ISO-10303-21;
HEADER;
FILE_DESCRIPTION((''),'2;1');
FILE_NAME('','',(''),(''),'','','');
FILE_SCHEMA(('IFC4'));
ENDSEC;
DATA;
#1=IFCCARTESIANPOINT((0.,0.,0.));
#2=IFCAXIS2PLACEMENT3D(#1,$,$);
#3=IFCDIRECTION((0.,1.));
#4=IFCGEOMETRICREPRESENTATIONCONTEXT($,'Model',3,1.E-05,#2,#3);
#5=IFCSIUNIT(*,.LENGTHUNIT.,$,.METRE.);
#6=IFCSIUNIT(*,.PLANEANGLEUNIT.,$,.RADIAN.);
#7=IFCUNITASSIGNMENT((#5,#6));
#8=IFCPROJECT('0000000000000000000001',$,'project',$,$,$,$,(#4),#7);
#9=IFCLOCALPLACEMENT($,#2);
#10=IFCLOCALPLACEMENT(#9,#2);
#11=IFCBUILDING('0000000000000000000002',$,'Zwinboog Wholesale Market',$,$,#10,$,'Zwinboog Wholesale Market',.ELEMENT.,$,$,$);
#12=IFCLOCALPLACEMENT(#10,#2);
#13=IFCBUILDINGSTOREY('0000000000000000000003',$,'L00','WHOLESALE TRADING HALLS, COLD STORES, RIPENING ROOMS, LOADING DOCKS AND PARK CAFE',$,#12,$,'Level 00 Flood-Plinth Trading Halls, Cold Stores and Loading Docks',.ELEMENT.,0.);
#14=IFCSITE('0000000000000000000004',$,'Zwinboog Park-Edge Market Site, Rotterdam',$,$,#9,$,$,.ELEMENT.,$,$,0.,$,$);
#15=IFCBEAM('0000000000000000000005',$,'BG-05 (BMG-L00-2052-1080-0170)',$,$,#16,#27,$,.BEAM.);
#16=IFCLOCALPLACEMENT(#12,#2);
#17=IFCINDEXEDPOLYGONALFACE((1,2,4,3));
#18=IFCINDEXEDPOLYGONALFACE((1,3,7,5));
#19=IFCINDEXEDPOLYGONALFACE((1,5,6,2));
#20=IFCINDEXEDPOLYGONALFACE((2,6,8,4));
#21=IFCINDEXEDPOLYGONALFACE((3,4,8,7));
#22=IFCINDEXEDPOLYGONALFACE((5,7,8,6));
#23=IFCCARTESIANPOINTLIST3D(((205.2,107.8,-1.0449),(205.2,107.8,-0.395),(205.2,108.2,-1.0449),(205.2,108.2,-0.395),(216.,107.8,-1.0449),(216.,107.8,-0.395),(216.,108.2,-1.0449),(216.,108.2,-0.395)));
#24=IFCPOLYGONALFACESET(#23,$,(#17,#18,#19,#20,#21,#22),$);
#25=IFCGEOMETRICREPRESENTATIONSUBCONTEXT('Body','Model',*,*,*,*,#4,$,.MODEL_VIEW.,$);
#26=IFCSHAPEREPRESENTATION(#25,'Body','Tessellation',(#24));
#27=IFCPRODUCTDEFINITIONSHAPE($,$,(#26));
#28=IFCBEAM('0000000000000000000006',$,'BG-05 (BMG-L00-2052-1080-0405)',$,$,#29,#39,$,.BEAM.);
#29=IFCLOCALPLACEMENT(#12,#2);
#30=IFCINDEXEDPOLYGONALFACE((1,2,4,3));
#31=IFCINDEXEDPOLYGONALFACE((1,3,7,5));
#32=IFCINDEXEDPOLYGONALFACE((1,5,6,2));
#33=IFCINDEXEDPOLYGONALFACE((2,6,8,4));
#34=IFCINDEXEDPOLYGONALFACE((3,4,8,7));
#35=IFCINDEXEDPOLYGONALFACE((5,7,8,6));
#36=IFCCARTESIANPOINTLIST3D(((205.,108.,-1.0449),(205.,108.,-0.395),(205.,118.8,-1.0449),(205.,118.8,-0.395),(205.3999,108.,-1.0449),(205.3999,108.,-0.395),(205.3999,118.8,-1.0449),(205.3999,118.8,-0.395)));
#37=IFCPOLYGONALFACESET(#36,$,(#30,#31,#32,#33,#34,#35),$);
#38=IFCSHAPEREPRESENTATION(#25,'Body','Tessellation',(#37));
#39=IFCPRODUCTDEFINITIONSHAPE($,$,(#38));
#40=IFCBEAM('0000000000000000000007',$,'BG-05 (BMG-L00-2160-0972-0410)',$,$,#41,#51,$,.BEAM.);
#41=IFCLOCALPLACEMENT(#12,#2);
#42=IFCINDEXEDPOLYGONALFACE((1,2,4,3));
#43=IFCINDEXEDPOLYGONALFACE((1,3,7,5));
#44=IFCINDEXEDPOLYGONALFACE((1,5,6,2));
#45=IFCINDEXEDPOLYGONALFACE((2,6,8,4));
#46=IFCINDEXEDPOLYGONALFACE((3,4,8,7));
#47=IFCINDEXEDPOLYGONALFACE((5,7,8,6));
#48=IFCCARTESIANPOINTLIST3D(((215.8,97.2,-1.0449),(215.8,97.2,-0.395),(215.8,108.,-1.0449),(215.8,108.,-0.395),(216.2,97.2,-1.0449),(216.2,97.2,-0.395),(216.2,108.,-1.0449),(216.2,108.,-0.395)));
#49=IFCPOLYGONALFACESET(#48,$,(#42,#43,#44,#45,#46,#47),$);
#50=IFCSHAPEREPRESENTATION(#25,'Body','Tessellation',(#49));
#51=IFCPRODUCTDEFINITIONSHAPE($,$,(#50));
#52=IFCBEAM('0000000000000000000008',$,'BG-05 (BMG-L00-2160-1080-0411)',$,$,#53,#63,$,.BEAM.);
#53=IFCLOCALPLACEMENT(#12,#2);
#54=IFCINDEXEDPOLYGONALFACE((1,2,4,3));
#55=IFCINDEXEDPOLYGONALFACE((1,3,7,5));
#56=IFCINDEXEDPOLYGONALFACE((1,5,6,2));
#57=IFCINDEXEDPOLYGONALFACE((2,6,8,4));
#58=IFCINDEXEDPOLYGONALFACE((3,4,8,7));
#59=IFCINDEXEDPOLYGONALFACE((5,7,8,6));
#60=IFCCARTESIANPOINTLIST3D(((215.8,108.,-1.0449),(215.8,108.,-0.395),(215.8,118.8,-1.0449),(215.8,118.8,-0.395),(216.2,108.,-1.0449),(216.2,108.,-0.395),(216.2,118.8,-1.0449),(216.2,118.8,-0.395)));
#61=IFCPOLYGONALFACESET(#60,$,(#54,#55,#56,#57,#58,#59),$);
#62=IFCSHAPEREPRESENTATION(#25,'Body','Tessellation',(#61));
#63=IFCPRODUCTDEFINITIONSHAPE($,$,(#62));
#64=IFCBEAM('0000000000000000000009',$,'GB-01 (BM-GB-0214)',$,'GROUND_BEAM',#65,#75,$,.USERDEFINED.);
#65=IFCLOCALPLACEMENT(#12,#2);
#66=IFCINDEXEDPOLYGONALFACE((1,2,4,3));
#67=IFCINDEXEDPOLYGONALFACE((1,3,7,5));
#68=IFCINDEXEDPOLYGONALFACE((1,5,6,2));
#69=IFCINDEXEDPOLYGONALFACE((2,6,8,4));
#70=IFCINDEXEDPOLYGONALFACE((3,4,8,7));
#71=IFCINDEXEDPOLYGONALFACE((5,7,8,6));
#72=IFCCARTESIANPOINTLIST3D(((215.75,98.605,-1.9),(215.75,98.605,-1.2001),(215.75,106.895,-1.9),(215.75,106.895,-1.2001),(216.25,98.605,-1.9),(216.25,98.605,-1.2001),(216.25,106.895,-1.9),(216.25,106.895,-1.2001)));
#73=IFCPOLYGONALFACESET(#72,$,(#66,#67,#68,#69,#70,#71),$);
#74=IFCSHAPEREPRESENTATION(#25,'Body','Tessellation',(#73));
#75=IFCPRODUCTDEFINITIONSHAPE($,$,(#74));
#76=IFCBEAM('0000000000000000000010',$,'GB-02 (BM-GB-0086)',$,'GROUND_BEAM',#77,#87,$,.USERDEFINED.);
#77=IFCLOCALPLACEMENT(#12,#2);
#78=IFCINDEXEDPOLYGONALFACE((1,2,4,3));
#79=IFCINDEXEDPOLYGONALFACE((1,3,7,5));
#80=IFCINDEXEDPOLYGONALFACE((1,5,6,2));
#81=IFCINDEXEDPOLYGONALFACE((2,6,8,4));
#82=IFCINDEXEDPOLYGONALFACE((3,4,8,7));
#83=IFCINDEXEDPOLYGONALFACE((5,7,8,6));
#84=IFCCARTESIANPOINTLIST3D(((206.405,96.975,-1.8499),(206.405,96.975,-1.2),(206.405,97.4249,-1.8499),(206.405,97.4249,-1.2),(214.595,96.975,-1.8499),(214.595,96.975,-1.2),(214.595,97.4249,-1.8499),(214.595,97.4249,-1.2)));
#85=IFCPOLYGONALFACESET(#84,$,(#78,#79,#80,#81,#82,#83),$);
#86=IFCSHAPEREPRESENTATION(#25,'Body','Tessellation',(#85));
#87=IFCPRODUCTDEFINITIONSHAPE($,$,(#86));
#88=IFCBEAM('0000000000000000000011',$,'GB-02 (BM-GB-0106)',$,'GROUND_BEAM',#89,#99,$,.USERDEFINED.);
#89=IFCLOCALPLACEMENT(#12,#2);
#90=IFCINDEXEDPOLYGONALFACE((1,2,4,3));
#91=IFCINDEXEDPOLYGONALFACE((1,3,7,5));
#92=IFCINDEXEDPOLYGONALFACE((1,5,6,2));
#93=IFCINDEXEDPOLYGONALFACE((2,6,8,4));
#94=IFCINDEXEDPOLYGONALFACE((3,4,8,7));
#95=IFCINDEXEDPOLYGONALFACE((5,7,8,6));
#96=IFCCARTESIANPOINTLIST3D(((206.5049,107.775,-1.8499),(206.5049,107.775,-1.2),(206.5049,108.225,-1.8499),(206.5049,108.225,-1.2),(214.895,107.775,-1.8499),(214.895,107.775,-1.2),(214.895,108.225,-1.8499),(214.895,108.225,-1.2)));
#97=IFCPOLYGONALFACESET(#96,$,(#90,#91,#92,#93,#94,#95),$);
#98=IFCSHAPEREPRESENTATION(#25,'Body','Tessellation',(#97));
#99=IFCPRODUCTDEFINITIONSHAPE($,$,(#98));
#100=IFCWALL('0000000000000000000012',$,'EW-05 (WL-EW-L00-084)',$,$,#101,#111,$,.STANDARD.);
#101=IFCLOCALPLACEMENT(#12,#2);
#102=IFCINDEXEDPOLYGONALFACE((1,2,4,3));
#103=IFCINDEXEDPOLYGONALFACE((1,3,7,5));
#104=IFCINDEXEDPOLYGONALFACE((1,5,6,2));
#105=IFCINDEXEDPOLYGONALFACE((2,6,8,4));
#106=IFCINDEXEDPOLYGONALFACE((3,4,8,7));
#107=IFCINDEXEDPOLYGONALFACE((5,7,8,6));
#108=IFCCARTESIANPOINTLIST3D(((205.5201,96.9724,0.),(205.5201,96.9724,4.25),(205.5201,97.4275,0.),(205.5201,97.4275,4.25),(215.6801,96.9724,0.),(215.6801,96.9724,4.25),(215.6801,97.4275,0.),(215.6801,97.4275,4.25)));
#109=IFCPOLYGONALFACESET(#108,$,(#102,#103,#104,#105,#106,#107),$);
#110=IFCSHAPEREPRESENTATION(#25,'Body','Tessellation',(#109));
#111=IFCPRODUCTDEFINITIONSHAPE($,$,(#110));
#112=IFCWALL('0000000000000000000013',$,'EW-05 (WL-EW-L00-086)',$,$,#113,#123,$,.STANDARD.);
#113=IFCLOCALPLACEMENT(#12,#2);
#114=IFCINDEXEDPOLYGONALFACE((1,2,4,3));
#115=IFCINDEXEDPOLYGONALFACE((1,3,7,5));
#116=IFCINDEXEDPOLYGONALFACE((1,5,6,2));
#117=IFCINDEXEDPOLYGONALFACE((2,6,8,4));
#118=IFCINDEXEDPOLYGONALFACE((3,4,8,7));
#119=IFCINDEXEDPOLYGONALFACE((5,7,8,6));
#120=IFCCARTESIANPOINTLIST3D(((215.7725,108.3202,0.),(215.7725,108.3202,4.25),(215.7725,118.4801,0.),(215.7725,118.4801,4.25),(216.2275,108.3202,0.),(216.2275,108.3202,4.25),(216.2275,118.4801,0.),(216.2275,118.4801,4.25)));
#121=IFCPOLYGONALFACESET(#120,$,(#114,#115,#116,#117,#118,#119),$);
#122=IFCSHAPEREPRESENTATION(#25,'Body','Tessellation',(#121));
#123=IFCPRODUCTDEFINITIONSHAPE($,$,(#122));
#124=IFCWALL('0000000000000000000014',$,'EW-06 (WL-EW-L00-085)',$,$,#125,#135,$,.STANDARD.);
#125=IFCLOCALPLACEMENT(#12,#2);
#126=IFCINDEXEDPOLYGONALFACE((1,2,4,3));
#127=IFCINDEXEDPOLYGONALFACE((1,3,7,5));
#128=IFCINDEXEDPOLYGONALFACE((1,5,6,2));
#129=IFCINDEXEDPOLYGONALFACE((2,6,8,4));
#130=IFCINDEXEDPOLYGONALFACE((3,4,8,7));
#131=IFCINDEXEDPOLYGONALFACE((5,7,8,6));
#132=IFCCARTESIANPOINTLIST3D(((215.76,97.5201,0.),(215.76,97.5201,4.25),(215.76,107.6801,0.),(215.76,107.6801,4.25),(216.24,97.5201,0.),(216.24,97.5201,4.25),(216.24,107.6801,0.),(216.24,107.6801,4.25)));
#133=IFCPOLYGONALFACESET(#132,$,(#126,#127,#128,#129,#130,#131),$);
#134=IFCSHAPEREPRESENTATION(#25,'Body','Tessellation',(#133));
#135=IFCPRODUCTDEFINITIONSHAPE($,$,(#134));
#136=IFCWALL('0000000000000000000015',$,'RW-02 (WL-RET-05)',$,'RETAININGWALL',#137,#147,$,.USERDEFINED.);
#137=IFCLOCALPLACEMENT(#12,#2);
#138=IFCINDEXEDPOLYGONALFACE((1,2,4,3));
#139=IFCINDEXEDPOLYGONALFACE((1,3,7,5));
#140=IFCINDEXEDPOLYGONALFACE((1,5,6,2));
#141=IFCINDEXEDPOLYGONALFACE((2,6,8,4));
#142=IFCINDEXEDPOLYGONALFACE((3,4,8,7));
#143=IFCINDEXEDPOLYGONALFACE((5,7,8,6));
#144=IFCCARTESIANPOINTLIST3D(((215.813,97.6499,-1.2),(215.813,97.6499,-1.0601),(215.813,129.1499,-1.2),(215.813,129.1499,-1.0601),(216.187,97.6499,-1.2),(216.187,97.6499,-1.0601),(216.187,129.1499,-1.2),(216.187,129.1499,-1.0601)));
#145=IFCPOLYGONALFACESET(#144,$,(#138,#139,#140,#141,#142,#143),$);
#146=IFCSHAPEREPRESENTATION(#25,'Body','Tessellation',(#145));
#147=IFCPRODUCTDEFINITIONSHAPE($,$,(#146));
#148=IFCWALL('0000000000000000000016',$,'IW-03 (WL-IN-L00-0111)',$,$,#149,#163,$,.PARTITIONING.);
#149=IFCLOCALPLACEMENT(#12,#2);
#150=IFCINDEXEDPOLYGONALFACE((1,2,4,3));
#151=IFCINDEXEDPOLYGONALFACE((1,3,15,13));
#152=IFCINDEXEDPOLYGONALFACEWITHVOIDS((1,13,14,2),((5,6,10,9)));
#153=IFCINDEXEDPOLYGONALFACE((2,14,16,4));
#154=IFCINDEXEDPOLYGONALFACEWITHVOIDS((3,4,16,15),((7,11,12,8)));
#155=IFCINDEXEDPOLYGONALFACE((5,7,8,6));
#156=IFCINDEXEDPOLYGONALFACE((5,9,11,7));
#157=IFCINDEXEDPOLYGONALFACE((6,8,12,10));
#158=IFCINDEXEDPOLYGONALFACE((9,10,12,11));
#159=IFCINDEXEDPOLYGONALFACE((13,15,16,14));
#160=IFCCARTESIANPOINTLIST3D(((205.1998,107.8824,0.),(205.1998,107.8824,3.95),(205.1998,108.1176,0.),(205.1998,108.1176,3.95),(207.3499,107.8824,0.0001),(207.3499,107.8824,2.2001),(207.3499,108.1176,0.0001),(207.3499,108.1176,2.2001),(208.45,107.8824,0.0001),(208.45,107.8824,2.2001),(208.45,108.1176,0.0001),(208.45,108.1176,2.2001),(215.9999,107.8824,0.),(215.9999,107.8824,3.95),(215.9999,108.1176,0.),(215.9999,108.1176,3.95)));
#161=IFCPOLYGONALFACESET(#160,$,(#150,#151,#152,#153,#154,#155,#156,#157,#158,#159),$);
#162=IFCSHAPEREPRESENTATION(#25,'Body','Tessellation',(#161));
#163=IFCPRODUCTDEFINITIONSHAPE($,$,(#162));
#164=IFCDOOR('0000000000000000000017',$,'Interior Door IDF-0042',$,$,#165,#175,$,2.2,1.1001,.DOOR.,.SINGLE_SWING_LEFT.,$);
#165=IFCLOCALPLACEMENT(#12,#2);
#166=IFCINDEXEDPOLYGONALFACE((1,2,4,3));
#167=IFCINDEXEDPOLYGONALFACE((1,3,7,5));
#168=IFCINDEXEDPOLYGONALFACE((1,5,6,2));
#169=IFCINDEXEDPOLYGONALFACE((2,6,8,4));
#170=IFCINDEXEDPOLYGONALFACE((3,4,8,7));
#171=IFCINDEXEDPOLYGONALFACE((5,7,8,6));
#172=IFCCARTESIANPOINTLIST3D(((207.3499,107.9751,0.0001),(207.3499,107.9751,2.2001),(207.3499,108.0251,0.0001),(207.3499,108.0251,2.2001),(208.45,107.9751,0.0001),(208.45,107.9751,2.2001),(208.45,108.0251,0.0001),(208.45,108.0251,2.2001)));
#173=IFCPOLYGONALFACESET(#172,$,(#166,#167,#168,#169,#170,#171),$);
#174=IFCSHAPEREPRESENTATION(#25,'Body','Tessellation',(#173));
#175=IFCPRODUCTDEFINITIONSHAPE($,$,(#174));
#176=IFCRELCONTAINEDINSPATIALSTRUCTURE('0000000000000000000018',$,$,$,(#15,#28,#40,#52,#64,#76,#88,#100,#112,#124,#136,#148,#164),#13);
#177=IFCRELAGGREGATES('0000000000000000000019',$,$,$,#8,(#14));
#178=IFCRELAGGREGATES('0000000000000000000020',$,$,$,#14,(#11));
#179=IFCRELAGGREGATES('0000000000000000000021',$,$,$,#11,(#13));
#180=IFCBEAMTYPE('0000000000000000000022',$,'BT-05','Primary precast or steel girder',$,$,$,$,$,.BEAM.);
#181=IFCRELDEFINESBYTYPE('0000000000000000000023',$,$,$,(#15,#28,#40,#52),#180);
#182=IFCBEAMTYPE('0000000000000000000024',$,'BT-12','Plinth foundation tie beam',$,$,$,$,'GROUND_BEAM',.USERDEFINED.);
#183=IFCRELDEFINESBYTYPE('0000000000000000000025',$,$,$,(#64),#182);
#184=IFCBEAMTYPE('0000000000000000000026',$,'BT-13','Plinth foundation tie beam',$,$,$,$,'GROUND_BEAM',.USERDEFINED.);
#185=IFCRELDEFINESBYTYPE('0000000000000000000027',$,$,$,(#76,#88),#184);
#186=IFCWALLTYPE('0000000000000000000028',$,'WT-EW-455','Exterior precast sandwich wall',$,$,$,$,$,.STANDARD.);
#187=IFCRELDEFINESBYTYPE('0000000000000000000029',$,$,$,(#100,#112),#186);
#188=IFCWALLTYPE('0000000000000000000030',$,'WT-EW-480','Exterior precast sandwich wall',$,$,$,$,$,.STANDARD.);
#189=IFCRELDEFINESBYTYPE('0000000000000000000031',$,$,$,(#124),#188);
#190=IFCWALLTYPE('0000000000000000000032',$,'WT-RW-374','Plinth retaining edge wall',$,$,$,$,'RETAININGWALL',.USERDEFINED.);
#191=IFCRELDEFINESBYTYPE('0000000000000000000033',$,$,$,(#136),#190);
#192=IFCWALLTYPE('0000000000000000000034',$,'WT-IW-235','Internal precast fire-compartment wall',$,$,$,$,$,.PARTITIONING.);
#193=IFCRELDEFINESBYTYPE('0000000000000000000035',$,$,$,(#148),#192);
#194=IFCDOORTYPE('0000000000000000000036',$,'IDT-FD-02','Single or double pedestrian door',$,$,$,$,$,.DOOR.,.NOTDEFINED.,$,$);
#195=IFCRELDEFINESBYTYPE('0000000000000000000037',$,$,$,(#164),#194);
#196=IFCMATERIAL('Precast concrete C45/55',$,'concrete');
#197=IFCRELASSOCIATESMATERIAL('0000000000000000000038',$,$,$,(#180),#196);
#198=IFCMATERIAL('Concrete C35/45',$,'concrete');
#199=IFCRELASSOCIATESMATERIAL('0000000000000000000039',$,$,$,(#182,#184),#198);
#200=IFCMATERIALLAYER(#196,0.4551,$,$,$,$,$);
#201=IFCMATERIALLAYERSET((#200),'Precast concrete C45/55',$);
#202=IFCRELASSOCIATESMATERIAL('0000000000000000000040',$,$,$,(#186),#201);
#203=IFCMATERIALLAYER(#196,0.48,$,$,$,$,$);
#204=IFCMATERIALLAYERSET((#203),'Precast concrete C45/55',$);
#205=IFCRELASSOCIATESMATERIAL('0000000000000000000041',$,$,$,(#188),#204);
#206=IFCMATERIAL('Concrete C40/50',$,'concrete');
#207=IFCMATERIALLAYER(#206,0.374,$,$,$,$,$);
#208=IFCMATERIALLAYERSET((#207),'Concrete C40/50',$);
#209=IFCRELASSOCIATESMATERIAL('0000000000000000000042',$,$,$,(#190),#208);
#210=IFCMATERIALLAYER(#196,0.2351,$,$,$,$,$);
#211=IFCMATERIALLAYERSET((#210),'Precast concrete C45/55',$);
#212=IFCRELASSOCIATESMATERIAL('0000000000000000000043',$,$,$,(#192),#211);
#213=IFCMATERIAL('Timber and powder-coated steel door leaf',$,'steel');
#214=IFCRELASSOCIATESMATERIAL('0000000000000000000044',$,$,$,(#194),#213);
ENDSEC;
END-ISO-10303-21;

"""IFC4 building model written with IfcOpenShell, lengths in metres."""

from ifc_helpers import new_model, si_unit, direction, frame, frame_2d, origin, origin_2d, place, context, subcontext, project, spatial, rectangle, extrude, material, layer, layer_set, material_profile, profile_set, type_object, element, fill, save


model = new_model("IFC4")

# Units and contexts
model_context = context("Model", 3, precision=1e-05, world=origin(), true_north=direction((0.0, 1.0)))
body_context = subcontext(model_context, "Body", "Model", "MODEL_VIEW")
ifc_project = project(units=[si_unit("LENGTHUNIT", "METRE"), si_unit("PLANEANGLEUNIT", "RADIAN")], contexts=[model_context])

# Site, building, storey
site_placement = place(None, origin())
site = spatial("IfcSite", under=ifc_project, at=site_placement, Name="Zwinboog Park-Edge Market Site, Rotterdam", CompositionType="ELEMENT", RefElevation=0.0)
building_placement = place(site_placement, origin())
building = spatial("IfcBuilding", under=site, at=building_placement, Name="Zwinboog Wholesale Market", LongName="Zwinboog Wholesale Market", CompositionType="ELEMENT")
storey_placement = place(building_placement, origin())
storey = spatial("IfcBuildingStorey", under=building, at=storey_placement, Name="L00", Description="WHOLESALE TRADING HALLS, COLD STORES, RIPENING ROOMS, LOADING DOCKS AND PARK CAFE", LongName="Level 00 Flood-Plinth Trading Halls, Cold Stores and Loading Docks", CompositionType="ELEMENT", Elevation=0.0)

# Shared definitions
ifc_material_1 = material(Name="Concrete C40/50", Category="concrete")

# Shared definitions
ifc_material_2 = material(Name="Concrete C35/45", Category="concrete")

# Shared definitions
ifc_material_3 = material(Name="Precast concrete C45/55", Category="concrete")

# Beams
ifc_material_profile_1 = material_profile(ifc_material_3, rectangle(XDim=0.3999, YDim=0.6499, at=origin_2d()), Name="PC 400x650")
ifc_profile_set_1 = profile_set([ifc_material_profile_1], Name="Precast concrete C45/55")
beam_type_1 = type_object("IfcBeamType", Name="BT-05", Description="Primary precast or steel girder", PredefinedType="BEAM", material=ifc_profile_set_1)
for number, where, z_axis, x_axis, name in (
    (1, (205.2, 108.0, -0.72), (1.0, 0.0, 0.0), (0.0, 1.0, 0.0), "BG-05 (BMG-L00-2052-1080-0170)"),
    (2, (205.2, 108.0, -0.72), (0.0, 1.0, 0.0), (-1.0, 0.0, 0.0), "BG-05 (BMG-L00-2052-1080-0405)"),
    (3, (216.0, 97.2, -0.72), (0.0, 1.0, 0.0), (-1.0, 0.0, 0.0), "BG-05 (BMG-L00-2160-0972-0410)"),
    (4, (216.0, 108.0, -0.72), (0.0, 1.0, 0.0), (-1.0, 0.0, 0.0), "BG-05 (BMG-L00-2160-1080-0411)"),
):
    element("IfcBeam", number, at=place(storey_placement, frame(where, z_axis=z_axis, x_axis=x_axis)), inside=storey, type_object=beam_type_1, Name=name, PredefinedType="BEAM", context=body_context, shape_type="SweptSolid", body=[
        extrude(rectangle(XDim=0.3999, YDim=0.6499, at=origin_2d()), origin(), (0.0, 0.0, 1.0), 10.8),
    ])
ifc_material_profile_2 = material_profile(ifc_material_2, rectangle(XDim=0.5, YDim=0.7, at=origin_2d()), Name="RC 500x700")
ifc_profile_set_2 = profile_set([ifc_material_profile_2], Name="Concrete C35/45")
beam_type_2 = type_object("IfcBeamType", Name="BT-12", Description="Plinth foundation tie beam", ElementType="GROUND_BEAM", PredefinedType="USERDEFINED", material=ifc_profile_set_2)
beam_1_placement = place(storey_placement, frame((216.0, 98.605, -1.55), z_axis=(0.0, 1.0, 0.0), x_axis=(-1.0, 0.0, 0.0)))
element("IfcBeam", 5, at=beam_1_placement, inside=storey, type_object=beam_type_2, Name="GB-01 (BM-GB-0214)", ObjectType="GROUND_BEAM", PredefinedType="USERDEFINED", context=body_context, shape_type="SweptSolid", body=[
    extrude(rectangle(XDim=0.5, YDim=0.7, at=origin_2d()), origin(), (0.0, 0.0, 1.0), 8.29),
])
ifc_material_profile_3 = material_profile(ifc_material_2, rectangle(XDim=0.45, YDim=0.6499, at=origin_2d()), Name="RC 450x650")
ifc_profile_set_3 = profile_set([ifc_material_profile_3], Name="Concrete C35/45")
beam_type_3 = type_object("IfcBeamType", Name="BT-13", Description="Plinth foundation tie beam", ElementType="GROUND_BEAM", PredefinedType="USERDEFINED", material=ifc_profile_set_3)
beam_2_placement = place(storey_placement, frame((206.405, 97.2, -1.5249), z_axis=(1.0, 0.0, 0.0), x_axis=(0.0, 1.0, 0.0)))
element("IfcBeam", 6, at=beam_2_placement, inside=storey, type_object=beam_type_3, Name="GB-02 (BM-GB-0086)", ObjectType="GROUND_BEAM", PredefinedType="USERDEFINED", context=body_context, shape_type="SweptSolid", body=[
    extrude(rectangle(XDim=0.45, YDim=0.6499, at=origin_2d()), origin(), (0.0, 0.0, 1.0), 8.1899),
])
beam_3_placement = place(storey_placement, frame((206.5049, 108.0, -1.5249), z_axis=(1.0, 0.0, 0.0), x_axis=(0.0, 1.0, 0.0)))
element("IfcBeam", 7, at=beam_3_placement, inside=storey, type_object=beam_type_3, Name="GB-02 (BM-GB-0106)", ObjectType="GROUND_BEAM", PredefinedType="USERDEFINED", context=body_context, shape_type="SweptSolid", body=[
    extrude(rectangle(XDim=0.45, YDim=0.6499, at=origin_2d()), origin(), (0.0, 0.0, 1.0), 8.3901),
])

# Walls
ifc_layer_1 = layer(ifc_material_3, 0.4551)
ifc_layer_set_1 = layer_set([ifc_layer_1], Name="Precast concrete C45/55")
wall_type_1 = type_object("IfcWallType", Name="WT-EW-455", Description="Exterior precast sandwich wall", PredefinedType="STANDARD", material=ifc_layer_set_1)
for number, where, z_axis, x_axis, name in (
    (8, (205.52, 97.2, 0.0), (0.0, 0.0, 1.0), (1.0, 0.0, 0.0), "EW-05 (WL-EW-L00-084)"),
    (9, (216.0, 108.3201, 0.0), (0.0, 0.0, 1.0), (0.0, 1.0, 0.0), "EW-05 (WL-EW-L00-086)"),
):
    element("IfcWall", number, at=place(storey_placement, frame(where, z_axis=z_axis, x_axis=x_axis)), inside=storey, type_object=wall_type_1, Name=name, PredefinedType="STANDARD", context=body_context, shape_type="SweptSolid", body=[
        extrude(rectangle(XDim=10.1599, YDim=0.4551, at=frame_2d((5.0801, 0.0))), origin(), (0.0, 0.0, 1.0), 4.25),
    ])
ifc_layer_2 = layer(ifc_material_3, 0.48)
ifc_layer_set_2 = layer_set([ifc_layer_2], Name="Precast concrete C45/55")
wall_type_2 = type_object("IfcWallType", Name="WT-EW-480", Description="Exterior precast sandwich wall", PredefinedType="STANDARD", material=ifc_layer_set_2)
wall_1_placement = place(storey_placement, frame((216.0, 97.52, 0.0), z_axis=(0.0, 0.0, 1.0), x_axis=(0.0, 1.0, 0.0)))
element("IfcWall", 10, at=wall_1_placement, inside=storey, type_object=wall_type_2, Name="EW-06 (WL-EW-L00-085)", PredefinedType="STANDARD", context=body_context, shape_type="SweptSolid", body=[
    extrude(rectangle(XDim=10.1599, YDim=0.48, at=frame_2d((5.0801, 0.0))), origin(), (0.0, 0.0, 1.0), 4.25),
])
ifc_layer_3 = layer(ifc_material_1, 0.374)
ifc_layer_set_3 = layer_set([ifc_layer_3], Name="Concrete C40/50")
wall_type_3 = type_object("IfcWallType", Name="WT-RW-374", Description="Plinth retaining edge wall", ElementType="RETAININGWALL", PredefinedType="USERDEFINED", material=ifc_layer_set_3)
wall_2_placement = place(storey_placement, frame((216.0, 97.6499, -1.2), z_axis=(0.0, 0.0, 1.0), x_axis=(0.0, 1.0, 0.0)))
element("IfcWall", 11, at=wall_2_placement, inside=storey, type_object=wall_type_3, Name="RW-02 (WL-RET-05)", ObjectType="RETAININGWALL", PredefinedType="USERDEFINED", context=body_context, shape_type="SweptSolid", body=[
    extrude(rectangle(XDim=31.5, YDim=0.374, at=frame_2d((15.75, 0.0))), origin(), (0.0, 0.0, 1.0), 0.1399),
])

# Wall, opening, door
ifc_layer_4 = layer(ifc_material_3, 0.2351)
ifc_layer_set_4 = layer_set([ifc_layer_4], Name="Precast concrete C45/55")
wall_type_4 = type_object("IfcWallType", Name="WT-IW-235", Description="Internal precast fire-compartment wall", PredefinedType="PARTITIONING", material=ifc_layer_set_4)
wall_3_placement = place(storey_placement, frame((205.2, 108.0, 0.0), z_axis=(0.0, 0.0, 1.0), x_axis=(1.0, 0.0, 0.0)))
wall_3 = element("IfcWall", 12, at=wall_3_placement, inside=storey, type_object=wall_type_4, Name="IW-03 (WL-IN-L00-0111)", PredefinedType="PARTITIONING", context=body_context, shape_type="SweptSolid", body=[
    extrude(rectangle(XDim=10.8, YDim=0.2351, at=frame_2d((5.3999, 0.0))), origin(), (0.0, 0.0, 1.0), 3.95),
])
opening_placement = place(wall_3_placement, frame((2.1499, 0.0, 0.0)))
opening = element("IfcOpeningElement", 13, at=opening_placement, cuts=wall_3, PredefinedType="OPENING", context=body_context, shape_type="SweptSolid", body=[
    extrude(rectangle(XDim=1.1001, YDim=2.2, at=frame_2d((0.55, 1.1001))), frame((0.0, 0.1274, 0.0), z_axis=(0.0, -1.0, 0.0), x_axis=(1.0, 0.0, 0.0)), (0.0, 0.0, 1.0), 0.2551),
])
ifc_material_4 = material(Name="Timber and powder-coated steel door leaf", Category="steel")
door_type = type_object("IfcDoorType", Name="IDT-FD-02", Description="Single or double pedestrian door", OperationType="NOTDEFINED", PredefinedType="DOOR", material=ifc_material_4)
door_placement = place(opening_placement, frame((1.1001, 0.0, 0.0), z_axis=(0.0, 0.0, 1.0), x_axis=(-1.0, 0.0, 0.0)))
door = element("IfcDoor", 14, at=door_placement, inside=storey, type_object=door_type, Name="Interior Door IDF-0042", OperationType="SINGLE_SWING_LEFT", OverallHeight=2.2, OverallWidth=1.1001, PredefinedType="DOOR", context=body_context, shape_type="SweptSolid", body=[
    extrude(rectangle(XDim=1.1001, YDim=2.2, at=frame_2d((0.55, 1.1001))), frame((0.0, 0.0249, 0.0), z_axis=(0.0, -1.0, 0.0), x_axis=(1.0, 0.0, 0.0)), (0.0, 0.0, 1.0), 0.05),
])
fill(opening, door)

save(model, "model.ifc")
